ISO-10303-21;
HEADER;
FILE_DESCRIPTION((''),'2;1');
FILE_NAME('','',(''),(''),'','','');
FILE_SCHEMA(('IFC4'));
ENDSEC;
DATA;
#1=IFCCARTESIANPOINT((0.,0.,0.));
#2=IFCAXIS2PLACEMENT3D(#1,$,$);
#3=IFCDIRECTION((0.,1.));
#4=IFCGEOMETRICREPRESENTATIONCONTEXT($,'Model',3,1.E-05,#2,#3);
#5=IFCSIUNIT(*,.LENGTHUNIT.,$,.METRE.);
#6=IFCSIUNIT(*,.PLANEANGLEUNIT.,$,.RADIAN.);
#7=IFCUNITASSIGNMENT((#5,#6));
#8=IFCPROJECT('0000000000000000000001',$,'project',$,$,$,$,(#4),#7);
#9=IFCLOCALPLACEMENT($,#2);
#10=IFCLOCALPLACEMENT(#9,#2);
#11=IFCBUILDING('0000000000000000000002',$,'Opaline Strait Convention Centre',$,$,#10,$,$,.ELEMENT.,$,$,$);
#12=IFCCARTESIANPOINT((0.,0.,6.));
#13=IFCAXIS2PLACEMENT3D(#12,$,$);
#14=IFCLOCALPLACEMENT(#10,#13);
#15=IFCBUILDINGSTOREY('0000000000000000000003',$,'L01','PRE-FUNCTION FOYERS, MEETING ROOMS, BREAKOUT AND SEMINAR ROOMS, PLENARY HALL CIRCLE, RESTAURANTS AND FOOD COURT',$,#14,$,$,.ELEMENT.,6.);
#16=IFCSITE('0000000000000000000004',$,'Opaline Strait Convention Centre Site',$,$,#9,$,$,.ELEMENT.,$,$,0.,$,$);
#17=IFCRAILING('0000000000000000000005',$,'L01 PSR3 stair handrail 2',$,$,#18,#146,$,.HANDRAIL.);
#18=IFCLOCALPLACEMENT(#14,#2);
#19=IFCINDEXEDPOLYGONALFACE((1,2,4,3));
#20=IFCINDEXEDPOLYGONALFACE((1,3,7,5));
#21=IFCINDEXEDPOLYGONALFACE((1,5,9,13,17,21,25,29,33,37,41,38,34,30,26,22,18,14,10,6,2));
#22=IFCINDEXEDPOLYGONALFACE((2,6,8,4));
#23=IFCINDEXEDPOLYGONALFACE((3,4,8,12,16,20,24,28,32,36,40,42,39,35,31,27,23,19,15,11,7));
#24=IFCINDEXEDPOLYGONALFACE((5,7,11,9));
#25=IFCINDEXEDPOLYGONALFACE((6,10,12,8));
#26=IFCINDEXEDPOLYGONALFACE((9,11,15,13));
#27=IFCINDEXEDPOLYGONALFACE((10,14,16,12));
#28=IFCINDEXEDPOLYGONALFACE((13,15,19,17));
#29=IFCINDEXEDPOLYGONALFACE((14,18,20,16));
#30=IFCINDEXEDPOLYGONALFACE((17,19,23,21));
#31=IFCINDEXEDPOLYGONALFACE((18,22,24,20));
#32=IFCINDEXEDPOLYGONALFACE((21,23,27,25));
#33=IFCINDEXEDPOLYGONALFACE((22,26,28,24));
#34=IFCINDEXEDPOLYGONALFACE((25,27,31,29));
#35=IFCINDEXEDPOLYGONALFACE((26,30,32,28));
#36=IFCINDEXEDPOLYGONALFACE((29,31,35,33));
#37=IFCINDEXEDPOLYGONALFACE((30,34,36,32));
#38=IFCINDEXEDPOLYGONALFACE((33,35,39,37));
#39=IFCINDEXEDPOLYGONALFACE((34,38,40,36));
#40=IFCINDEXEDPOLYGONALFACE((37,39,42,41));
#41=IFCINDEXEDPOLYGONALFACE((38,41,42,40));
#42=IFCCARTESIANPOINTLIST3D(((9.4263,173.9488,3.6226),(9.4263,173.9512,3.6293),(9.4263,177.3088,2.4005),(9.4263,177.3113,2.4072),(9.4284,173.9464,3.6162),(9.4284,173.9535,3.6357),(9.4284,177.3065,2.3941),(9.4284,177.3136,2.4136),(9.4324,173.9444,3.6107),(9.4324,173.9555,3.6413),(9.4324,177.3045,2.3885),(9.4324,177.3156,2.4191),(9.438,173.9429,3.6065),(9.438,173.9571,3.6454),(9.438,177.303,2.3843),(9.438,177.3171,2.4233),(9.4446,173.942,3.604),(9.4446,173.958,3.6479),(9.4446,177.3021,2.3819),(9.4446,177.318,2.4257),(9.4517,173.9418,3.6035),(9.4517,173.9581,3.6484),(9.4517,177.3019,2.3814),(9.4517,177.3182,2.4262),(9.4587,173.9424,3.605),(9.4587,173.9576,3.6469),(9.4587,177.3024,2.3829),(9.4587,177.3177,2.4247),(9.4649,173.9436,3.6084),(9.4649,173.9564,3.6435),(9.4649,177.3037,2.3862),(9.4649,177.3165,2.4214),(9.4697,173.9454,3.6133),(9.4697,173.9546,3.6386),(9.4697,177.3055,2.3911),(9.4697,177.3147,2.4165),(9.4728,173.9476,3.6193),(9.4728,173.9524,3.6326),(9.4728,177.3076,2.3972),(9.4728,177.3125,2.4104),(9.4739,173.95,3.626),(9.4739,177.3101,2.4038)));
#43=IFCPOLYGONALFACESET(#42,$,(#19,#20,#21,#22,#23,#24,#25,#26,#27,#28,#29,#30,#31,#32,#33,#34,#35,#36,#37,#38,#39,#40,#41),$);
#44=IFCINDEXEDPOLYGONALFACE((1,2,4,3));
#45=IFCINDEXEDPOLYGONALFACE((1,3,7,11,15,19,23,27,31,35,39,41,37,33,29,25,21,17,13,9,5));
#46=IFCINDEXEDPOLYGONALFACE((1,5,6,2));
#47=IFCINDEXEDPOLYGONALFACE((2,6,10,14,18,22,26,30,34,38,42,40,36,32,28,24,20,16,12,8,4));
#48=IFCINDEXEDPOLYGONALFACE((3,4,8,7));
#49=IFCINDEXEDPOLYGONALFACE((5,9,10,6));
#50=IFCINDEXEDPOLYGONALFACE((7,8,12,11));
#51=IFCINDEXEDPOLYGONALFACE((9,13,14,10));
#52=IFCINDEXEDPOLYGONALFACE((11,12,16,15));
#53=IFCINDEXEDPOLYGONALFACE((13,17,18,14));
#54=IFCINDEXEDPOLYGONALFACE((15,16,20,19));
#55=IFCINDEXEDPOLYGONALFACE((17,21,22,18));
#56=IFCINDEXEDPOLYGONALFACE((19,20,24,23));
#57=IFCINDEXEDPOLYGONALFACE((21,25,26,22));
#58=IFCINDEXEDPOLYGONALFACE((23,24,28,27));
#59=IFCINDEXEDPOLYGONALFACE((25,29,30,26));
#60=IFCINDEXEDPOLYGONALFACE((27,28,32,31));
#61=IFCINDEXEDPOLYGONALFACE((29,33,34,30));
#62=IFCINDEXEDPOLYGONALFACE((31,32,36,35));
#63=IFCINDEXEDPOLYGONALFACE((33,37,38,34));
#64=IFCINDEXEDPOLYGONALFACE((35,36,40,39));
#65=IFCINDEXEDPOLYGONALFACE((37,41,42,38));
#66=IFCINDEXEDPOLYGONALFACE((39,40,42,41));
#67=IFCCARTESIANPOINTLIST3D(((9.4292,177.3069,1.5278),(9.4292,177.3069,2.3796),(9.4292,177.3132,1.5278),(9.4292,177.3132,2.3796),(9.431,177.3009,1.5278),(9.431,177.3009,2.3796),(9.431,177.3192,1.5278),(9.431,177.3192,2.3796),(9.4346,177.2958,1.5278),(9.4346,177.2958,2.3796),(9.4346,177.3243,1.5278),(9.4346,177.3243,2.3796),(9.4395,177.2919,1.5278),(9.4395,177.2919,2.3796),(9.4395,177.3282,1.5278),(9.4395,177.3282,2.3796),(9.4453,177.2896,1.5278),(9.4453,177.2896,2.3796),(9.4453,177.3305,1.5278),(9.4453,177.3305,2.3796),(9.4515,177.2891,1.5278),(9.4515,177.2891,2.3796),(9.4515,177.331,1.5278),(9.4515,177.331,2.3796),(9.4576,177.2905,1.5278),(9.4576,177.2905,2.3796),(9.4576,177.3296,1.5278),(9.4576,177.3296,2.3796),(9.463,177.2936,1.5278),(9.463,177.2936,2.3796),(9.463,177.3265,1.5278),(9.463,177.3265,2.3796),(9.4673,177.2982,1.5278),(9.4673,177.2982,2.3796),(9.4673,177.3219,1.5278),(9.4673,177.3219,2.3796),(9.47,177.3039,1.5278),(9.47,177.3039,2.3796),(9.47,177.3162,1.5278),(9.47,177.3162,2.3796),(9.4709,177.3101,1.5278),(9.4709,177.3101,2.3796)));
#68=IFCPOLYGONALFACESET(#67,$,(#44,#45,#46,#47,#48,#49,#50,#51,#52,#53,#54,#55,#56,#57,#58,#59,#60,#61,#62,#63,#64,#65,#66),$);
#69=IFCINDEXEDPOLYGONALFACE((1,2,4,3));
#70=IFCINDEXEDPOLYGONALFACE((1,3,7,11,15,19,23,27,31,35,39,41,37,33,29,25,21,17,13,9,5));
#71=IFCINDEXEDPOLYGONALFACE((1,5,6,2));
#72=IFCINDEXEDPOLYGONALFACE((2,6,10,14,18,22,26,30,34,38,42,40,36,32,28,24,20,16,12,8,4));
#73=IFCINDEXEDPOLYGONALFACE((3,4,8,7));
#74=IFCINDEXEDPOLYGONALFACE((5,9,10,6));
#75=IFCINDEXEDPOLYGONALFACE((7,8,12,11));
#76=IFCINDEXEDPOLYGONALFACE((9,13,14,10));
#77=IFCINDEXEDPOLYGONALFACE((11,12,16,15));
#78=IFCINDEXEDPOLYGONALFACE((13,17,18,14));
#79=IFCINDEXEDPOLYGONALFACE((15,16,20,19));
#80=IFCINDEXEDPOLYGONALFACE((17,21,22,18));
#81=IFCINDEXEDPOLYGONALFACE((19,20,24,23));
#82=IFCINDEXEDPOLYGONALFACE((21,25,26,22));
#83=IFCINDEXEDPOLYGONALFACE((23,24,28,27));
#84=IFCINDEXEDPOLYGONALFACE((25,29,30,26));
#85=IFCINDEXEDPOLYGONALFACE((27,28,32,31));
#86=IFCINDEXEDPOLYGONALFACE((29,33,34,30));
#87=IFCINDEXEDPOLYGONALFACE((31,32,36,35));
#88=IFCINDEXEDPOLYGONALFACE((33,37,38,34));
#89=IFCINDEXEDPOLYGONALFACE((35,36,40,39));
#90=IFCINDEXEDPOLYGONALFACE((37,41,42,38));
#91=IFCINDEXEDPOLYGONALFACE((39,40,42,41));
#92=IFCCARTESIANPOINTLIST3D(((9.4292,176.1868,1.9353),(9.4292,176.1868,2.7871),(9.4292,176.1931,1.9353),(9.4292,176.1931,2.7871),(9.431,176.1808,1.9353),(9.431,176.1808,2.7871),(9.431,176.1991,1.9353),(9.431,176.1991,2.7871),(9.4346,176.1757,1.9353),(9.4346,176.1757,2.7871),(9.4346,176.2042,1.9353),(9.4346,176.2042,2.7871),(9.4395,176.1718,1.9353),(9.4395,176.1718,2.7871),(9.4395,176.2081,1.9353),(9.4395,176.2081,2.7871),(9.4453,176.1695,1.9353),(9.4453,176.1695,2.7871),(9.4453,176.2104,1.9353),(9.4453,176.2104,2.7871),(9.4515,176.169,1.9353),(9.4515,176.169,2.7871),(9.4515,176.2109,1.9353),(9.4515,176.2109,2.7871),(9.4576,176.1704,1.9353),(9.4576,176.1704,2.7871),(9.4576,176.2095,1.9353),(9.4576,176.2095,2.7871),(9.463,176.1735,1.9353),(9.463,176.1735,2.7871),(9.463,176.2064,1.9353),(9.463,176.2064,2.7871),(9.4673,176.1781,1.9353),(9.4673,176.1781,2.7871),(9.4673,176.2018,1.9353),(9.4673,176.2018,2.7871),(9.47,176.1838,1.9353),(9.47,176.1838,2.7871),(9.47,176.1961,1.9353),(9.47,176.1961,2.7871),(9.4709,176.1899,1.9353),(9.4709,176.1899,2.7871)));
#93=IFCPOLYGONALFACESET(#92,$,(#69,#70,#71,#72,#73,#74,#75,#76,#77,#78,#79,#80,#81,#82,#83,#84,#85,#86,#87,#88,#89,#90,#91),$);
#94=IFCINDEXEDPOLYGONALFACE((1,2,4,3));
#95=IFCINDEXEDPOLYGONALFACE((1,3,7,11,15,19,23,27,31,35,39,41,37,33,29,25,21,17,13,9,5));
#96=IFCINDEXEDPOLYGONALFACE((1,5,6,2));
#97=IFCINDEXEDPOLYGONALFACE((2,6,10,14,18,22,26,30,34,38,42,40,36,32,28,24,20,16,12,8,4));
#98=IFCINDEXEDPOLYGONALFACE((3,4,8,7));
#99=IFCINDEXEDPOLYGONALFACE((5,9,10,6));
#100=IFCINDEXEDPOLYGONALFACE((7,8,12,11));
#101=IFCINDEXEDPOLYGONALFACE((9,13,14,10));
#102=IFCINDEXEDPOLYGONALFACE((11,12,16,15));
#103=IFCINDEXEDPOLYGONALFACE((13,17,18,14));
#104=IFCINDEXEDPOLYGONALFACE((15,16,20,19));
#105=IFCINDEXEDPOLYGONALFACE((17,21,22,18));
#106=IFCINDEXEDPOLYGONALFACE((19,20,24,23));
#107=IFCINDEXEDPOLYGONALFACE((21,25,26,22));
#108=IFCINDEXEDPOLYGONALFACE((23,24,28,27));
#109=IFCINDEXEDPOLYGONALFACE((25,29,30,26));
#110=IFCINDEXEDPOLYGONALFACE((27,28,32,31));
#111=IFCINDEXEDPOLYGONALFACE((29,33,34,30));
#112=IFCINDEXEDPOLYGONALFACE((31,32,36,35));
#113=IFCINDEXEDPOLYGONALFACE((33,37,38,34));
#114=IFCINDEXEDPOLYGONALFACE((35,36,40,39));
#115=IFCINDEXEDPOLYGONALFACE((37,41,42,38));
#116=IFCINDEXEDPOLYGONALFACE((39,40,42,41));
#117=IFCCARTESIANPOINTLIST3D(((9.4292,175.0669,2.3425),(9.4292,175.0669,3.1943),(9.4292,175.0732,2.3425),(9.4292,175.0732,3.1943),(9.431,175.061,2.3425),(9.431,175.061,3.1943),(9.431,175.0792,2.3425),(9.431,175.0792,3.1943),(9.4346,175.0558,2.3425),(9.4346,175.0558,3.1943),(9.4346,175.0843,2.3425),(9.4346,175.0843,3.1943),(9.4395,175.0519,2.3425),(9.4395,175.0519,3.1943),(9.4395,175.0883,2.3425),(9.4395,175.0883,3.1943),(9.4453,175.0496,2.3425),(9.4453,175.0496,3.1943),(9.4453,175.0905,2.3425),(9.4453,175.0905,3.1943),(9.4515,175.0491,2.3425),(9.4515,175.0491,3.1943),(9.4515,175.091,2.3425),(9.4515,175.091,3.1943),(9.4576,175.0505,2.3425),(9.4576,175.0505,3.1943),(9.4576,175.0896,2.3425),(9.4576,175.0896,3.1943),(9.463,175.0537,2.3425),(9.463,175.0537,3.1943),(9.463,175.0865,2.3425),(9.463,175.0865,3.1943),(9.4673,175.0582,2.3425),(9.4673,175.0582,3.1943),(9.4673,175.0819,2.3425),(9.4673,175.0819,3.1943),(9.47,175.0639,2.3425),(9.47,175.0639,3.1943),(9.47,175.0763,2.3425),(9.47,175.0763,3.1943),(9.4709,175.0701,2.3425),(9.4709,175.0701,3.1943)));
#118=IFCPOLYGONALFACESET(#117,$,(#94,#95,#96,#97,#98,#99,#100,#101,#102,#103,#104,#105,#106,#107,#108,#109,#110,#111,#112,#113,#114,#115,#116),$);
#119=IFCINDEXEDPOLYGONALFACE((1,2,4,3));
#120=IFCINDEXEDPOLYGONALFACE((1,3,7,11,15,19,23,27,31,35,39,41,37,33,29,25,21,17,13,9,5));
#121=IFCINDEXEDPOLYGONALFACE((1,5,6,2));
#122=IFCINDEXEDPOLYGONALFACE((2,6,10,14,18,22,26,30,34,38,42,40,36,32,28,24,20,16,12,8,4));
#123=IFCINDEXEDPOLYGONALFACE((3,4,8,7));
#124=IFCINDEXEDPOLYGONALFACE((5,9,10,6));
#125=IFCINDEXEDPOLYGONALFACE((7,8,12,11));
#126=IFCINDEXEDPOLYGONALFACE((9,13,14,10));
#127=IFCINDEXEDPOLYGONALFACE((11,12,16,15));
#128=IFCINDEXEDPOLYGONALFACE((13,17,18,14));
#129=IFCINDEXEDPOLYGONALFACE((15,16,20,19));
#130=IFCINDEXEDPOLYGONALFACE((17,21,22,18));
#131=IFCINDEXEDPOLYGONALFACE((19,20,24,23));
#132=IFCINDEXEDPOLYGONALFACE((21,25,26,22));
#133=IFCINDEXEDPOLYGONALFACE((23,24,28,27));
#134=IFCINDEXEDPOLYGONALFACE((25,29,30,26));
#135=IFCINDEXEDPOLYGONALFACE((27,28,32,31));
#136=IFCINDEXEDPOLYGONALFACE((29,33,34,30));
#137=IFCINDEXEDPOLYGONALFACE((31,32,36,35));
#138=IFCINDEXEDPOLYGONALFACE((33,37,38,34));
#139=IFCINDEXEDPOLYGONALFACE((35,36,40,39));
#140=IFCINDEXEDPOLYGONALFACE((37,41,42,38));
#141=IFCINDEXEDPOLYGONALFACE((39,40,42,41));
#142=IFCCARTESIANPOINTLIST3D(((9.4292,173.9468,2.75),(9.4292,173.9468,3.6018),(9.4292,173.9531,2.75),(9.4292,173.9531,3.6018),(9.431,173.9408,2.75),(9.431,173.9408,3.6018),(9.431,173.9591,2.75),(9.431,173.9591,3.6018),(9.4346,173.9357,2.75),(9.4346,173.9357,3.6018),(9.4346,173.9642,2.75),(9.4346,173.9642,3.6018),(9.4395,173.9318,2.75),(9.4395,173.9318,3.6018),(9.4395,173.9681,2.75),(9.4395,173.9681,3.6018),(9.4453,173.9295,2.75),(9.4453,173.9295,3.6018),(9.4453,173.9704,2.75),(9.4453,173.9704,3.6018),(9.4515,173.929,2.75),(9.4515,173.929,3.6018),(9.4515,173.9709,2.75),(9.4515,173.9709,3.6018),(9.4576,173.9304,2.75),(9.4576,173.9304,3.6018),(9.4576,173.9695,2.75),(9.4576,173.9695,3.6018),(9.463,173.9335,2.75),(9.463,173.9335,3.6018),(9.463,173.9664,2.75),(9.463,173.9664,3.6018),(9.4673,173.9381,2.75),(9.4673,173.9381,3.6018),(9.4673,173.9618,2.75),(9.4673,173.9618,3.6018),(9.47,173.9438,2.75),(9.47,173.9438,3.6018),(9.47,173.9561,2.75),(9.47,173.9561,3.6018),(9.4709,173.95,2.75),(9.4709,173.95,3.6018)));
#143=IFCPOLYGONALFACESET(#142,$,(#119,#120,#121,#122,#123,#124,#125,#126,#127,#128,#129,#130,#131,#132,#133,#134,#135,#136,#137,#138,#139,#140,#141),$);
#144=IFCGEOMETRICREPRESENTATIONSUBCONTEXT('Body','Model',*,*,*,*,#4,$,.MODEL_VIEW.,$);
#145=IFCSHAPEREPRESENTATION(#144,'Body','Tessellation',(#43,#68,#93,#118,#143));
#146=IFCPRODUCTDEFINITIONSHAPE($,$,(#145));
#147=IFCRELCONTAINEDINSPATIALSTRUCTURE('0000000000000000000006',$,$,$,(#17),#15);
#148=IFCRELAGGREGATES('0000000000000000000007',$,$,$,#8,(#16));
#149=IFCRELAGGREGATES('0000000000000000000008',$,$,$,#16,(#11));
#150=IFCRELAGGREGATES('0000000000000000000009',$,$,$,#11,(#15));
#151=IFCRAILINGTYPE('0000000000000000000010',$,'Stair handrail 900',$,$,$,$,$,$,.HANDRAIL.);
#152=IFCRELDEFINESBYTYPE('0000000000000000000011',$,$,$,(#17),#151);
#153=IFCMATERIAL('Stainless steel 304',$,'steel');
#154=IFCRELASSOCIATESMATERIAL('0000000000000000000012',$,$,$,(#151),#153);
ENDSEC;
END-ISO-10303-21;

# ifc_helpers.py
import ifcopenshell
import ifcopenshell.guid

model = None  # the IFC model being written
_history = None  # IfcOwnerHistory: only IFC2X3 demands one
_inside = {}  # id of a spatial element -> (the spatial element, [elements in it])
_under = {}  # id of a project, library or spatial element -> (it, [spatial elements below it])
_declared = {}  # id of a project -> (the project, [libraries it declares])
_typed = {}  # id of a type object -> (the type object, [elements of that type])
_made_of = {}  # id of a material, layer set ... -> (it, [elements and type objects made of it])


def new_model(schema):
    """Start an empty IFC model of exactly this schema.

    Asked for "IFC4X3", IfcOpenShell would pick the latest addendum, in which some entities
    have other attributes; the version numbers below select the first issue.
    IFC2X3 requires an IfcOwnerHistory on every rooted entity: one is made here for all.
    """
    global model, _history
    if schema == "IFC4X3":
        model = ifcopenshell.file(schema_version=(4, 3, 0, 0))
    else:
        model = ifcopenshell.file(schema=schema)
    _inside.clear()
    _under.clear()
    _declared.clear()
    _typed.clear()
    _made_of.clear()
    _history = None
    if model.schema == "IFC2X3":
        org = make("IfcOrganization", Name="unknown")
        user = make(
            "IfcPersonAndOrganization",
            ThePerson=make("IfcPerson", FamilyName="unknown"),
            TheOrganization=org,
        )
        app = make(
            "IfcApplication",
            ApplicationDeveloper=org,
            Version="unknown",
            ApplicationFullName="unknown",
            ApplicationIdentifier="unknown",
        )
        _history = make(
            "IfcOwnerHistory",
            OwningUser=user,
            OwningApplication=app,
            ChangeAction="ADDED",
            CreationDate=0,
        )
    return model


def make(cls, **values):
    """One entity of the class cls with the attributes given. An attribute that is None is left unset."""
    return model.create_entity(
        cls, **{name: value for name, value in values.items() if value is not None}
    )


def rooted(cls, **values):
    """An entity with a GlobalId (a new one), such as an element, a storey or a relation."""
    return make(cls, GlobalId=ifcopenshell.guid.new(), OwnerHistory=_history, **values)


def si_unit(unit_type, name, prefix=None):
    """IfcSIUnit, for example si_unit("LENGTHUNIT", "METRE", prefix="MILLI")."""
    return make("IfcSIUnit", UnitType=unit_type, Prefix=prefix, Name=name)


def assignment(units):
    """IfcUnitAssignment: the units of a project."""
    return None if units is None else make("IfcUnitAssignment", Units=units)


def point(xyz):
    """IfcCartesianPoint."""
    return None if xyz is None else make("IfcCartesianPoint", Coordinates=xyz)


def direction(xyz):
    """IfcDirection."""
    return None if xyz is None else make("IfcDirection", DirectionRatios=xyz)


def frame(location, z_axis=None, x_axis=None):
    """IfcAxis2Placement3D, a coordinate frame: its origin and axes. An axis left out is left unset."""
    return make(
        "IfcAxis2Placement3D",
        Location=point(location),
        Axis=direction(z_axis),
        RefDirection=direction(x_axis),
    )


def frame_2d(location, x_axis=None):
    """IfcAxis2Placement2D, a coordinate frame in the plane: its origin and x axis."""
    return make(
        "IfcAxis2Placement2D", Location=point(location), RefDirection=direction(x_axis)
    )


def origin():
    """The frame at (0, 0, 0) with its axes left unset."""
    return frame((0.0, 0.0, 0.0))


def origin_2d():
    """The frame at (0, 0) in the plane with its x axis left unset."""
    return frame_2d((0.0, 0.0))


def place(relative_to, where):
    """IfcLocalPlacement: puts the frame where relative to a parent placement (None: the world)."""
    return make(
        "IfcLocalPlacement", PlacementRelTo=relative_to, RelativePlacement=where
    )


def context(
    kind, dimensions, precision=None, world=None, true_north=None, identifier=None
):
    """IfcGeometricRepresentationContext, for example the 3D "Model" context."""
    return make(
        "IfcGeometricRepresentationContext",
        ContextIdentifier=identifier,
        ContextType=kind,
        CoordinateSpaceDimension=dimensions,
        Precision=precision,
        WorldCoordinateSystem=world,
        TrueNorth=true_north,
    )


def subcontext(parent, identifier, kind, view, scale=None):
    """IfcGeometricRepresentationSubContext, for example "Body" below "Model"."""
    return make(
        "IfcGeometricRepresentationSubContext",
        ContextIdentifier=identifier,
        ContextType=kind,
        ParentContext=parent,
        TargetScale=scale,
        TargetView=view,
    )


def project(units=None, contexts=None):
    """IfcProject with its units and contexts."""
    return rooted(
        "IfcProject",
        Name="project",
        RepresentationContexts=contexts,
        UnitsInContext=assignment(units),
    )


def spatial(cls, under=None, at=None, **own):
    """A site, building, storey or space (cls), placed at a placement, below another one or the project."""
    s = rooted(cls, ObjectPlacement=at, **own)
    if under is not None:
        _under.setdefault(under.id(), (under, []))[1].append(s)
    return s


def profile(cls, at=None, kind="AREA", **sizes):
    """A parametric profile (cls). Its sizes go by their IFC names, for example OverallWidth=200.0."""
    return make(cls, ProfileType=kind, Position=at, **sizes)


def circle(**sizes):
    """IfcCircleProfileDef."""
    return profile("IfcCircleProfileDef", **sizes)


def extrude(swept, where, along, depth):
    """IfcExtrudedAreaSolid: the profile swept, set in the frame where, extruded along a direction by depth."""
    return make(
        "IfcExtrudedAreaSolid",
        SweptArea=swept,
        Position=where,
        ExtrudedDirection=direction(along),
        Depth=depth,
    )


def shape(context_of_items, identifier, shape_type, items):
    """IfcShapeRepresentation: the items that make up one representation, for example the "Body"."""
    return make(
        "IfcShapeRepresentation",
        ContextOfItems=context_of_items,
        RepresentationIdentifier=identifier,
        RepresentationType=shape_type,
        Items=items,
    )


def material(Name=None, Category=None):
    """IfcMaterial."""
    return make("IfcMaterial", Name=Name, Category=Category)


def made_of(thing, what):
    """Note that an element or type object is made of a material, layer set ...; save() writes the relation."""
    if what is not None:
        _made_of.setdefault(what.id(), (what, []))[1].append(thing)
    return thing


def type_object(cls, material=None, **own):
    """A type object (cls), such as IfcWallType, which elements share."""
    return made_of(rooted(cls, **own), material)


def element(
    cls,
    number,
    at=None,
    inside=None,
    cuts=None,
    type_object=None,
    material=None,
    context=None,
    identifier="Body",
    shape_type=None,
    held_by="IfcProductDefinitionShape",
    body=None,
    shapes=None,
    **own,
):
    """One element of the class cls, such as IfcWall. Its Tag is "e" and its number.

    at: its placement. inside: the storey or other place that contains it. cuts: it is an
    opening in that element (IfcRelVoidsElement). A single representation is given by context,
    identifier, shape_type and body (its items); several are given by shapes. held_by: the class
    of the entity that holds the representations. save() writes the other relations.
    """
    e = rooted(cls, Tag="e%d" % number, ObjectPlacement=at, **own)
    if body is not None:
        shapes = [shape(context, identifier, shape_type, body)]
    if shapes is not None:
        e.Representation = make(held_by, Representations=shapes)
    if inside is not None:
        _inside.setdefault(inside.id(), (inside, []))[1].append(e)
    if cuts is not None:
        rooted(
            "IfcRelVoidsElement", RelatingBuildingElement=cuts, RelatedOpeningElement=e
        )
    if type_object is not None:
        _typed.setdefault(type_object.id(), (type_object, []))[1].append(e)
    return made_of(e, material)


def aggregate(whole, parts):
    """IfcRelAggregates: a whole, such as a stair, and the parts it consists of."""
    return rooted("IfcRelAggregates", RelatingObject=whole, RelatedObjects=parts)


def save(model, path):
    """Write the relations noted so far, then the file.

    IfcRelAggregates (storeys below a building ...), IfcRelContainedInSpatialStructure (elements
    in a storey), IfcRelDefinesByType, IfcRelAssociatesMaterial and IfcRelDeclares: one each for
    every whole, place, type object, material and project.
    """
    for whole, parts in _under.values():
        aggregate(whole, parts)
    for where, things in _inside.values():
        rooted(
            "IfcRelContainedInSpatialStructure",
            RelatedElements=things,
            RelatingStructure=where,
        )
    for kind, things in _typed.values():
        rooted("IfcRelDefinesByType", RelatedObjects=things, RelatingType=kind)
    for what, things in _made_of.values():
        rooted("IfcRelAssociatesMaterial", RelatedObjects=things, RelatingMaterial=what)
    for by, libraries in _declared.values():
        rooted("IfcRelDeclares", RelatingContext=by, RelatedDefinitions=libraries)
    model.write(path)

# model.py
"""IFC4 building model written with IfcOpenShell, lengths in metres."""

from ifc_helpers import new_model, si_unit, direction, frame, origin, origin_2d, place, context, subcontext, project, spatial, circle, extrude, material, type_object, element, save


model = new_model("IFC4")

# Units and contexts
model_context = context("Model", 3, precision=1e-05, world=origin(), true_north=direction((0.0, 1.0)))
body_context = subcontext(model_context, "Body", "Model", "MODEL_VIEW")
ifc_project = project(units=[si_unit("LENGTHUNIT", "METRE"), si_unit("PLANEANGLEUNIT", "RADIAN")], contexts=[model_context])

# Site, building, storey
site_placement = place(None, origin())
site = spatial("IfcSite", under=ifc_project, at=site_placement, Name="Opaline Strait Convention Centre Site", CompositionType="ELEMENT", RefElevation=0.0)
building_placement = place(site_placement, origin())
building = spatial("IfcBuilding", under=site, at=building_placement, Name="Opaline Strait Convention Centre", CompositionType="ELEMENT")
storey_placement = place(building_placement, frame((0.0, 0.0, 6.0)))
storey = spatial("IfcBuildingStorey", under=building, at=storey_placement, Name="L01", Description="PRE-FUNCTION FOYERS, MEETING ROOMS, BREAKOUT AND SEMINAR ROOMS, PLENARY HALL CIRCLE, RESTAURANTS AND FOOD COURT", CompositionType="ELEMENT", Elevation=6.0)

# Railing
ifc_material_1 = material(Name="Stainless steel 304", Category="steel")
railing_type_1 = type_object("IfcRailingType", Name="Stair handrail 900", PredefinedType="HANDRAIL", material=ifc_material_1)
for number, where, name in (
    (1, (9.45, 177.3101, 1.5278), "L01 PSR3 stair handrail 2"),
):
    element("IfcRailing", number, at=place(storey_placement, frame(where)), inside=storey, type_object=railing_type_1, Name=name, PredefinedType="HANDRAIL", context=body_context, shape_type="SweptSolid", body=[
        extrude(circle(Radius=0.0239, at=origin_2d()), frame((0.0, 0.0, 0.876), z_axis=(0.0, -0.939766, 0.34182), x_axis=(1.0, 0.0, 0.0)), (0.0, 0.0, 1.0), 3.5754),
        extrude(circle(Radius=0.021, at=origin_2d()), origin(), (0.0, 0.0, 1.0), 0.8518),
        extrude(circle(Radius=0.021, at=origin_2d()), frame((0.0, -1.1201, 0.4075)), (0.0, 0.0, 1.0), 0.8518),
        extrude(circle(Radius=0.021, at=origin_2d()), frame((0.0, -2.24, 0.8147)), (0.0, 0.0, 1.0), 0.8518),
        extrude(circle(Radius=0.021, at=origin_2d()), frame((0.0, -3.3601, 1.2222)), (0.0, 0.0, 1.0), 0.8518),
    ])

save(model, "model.ifc")
